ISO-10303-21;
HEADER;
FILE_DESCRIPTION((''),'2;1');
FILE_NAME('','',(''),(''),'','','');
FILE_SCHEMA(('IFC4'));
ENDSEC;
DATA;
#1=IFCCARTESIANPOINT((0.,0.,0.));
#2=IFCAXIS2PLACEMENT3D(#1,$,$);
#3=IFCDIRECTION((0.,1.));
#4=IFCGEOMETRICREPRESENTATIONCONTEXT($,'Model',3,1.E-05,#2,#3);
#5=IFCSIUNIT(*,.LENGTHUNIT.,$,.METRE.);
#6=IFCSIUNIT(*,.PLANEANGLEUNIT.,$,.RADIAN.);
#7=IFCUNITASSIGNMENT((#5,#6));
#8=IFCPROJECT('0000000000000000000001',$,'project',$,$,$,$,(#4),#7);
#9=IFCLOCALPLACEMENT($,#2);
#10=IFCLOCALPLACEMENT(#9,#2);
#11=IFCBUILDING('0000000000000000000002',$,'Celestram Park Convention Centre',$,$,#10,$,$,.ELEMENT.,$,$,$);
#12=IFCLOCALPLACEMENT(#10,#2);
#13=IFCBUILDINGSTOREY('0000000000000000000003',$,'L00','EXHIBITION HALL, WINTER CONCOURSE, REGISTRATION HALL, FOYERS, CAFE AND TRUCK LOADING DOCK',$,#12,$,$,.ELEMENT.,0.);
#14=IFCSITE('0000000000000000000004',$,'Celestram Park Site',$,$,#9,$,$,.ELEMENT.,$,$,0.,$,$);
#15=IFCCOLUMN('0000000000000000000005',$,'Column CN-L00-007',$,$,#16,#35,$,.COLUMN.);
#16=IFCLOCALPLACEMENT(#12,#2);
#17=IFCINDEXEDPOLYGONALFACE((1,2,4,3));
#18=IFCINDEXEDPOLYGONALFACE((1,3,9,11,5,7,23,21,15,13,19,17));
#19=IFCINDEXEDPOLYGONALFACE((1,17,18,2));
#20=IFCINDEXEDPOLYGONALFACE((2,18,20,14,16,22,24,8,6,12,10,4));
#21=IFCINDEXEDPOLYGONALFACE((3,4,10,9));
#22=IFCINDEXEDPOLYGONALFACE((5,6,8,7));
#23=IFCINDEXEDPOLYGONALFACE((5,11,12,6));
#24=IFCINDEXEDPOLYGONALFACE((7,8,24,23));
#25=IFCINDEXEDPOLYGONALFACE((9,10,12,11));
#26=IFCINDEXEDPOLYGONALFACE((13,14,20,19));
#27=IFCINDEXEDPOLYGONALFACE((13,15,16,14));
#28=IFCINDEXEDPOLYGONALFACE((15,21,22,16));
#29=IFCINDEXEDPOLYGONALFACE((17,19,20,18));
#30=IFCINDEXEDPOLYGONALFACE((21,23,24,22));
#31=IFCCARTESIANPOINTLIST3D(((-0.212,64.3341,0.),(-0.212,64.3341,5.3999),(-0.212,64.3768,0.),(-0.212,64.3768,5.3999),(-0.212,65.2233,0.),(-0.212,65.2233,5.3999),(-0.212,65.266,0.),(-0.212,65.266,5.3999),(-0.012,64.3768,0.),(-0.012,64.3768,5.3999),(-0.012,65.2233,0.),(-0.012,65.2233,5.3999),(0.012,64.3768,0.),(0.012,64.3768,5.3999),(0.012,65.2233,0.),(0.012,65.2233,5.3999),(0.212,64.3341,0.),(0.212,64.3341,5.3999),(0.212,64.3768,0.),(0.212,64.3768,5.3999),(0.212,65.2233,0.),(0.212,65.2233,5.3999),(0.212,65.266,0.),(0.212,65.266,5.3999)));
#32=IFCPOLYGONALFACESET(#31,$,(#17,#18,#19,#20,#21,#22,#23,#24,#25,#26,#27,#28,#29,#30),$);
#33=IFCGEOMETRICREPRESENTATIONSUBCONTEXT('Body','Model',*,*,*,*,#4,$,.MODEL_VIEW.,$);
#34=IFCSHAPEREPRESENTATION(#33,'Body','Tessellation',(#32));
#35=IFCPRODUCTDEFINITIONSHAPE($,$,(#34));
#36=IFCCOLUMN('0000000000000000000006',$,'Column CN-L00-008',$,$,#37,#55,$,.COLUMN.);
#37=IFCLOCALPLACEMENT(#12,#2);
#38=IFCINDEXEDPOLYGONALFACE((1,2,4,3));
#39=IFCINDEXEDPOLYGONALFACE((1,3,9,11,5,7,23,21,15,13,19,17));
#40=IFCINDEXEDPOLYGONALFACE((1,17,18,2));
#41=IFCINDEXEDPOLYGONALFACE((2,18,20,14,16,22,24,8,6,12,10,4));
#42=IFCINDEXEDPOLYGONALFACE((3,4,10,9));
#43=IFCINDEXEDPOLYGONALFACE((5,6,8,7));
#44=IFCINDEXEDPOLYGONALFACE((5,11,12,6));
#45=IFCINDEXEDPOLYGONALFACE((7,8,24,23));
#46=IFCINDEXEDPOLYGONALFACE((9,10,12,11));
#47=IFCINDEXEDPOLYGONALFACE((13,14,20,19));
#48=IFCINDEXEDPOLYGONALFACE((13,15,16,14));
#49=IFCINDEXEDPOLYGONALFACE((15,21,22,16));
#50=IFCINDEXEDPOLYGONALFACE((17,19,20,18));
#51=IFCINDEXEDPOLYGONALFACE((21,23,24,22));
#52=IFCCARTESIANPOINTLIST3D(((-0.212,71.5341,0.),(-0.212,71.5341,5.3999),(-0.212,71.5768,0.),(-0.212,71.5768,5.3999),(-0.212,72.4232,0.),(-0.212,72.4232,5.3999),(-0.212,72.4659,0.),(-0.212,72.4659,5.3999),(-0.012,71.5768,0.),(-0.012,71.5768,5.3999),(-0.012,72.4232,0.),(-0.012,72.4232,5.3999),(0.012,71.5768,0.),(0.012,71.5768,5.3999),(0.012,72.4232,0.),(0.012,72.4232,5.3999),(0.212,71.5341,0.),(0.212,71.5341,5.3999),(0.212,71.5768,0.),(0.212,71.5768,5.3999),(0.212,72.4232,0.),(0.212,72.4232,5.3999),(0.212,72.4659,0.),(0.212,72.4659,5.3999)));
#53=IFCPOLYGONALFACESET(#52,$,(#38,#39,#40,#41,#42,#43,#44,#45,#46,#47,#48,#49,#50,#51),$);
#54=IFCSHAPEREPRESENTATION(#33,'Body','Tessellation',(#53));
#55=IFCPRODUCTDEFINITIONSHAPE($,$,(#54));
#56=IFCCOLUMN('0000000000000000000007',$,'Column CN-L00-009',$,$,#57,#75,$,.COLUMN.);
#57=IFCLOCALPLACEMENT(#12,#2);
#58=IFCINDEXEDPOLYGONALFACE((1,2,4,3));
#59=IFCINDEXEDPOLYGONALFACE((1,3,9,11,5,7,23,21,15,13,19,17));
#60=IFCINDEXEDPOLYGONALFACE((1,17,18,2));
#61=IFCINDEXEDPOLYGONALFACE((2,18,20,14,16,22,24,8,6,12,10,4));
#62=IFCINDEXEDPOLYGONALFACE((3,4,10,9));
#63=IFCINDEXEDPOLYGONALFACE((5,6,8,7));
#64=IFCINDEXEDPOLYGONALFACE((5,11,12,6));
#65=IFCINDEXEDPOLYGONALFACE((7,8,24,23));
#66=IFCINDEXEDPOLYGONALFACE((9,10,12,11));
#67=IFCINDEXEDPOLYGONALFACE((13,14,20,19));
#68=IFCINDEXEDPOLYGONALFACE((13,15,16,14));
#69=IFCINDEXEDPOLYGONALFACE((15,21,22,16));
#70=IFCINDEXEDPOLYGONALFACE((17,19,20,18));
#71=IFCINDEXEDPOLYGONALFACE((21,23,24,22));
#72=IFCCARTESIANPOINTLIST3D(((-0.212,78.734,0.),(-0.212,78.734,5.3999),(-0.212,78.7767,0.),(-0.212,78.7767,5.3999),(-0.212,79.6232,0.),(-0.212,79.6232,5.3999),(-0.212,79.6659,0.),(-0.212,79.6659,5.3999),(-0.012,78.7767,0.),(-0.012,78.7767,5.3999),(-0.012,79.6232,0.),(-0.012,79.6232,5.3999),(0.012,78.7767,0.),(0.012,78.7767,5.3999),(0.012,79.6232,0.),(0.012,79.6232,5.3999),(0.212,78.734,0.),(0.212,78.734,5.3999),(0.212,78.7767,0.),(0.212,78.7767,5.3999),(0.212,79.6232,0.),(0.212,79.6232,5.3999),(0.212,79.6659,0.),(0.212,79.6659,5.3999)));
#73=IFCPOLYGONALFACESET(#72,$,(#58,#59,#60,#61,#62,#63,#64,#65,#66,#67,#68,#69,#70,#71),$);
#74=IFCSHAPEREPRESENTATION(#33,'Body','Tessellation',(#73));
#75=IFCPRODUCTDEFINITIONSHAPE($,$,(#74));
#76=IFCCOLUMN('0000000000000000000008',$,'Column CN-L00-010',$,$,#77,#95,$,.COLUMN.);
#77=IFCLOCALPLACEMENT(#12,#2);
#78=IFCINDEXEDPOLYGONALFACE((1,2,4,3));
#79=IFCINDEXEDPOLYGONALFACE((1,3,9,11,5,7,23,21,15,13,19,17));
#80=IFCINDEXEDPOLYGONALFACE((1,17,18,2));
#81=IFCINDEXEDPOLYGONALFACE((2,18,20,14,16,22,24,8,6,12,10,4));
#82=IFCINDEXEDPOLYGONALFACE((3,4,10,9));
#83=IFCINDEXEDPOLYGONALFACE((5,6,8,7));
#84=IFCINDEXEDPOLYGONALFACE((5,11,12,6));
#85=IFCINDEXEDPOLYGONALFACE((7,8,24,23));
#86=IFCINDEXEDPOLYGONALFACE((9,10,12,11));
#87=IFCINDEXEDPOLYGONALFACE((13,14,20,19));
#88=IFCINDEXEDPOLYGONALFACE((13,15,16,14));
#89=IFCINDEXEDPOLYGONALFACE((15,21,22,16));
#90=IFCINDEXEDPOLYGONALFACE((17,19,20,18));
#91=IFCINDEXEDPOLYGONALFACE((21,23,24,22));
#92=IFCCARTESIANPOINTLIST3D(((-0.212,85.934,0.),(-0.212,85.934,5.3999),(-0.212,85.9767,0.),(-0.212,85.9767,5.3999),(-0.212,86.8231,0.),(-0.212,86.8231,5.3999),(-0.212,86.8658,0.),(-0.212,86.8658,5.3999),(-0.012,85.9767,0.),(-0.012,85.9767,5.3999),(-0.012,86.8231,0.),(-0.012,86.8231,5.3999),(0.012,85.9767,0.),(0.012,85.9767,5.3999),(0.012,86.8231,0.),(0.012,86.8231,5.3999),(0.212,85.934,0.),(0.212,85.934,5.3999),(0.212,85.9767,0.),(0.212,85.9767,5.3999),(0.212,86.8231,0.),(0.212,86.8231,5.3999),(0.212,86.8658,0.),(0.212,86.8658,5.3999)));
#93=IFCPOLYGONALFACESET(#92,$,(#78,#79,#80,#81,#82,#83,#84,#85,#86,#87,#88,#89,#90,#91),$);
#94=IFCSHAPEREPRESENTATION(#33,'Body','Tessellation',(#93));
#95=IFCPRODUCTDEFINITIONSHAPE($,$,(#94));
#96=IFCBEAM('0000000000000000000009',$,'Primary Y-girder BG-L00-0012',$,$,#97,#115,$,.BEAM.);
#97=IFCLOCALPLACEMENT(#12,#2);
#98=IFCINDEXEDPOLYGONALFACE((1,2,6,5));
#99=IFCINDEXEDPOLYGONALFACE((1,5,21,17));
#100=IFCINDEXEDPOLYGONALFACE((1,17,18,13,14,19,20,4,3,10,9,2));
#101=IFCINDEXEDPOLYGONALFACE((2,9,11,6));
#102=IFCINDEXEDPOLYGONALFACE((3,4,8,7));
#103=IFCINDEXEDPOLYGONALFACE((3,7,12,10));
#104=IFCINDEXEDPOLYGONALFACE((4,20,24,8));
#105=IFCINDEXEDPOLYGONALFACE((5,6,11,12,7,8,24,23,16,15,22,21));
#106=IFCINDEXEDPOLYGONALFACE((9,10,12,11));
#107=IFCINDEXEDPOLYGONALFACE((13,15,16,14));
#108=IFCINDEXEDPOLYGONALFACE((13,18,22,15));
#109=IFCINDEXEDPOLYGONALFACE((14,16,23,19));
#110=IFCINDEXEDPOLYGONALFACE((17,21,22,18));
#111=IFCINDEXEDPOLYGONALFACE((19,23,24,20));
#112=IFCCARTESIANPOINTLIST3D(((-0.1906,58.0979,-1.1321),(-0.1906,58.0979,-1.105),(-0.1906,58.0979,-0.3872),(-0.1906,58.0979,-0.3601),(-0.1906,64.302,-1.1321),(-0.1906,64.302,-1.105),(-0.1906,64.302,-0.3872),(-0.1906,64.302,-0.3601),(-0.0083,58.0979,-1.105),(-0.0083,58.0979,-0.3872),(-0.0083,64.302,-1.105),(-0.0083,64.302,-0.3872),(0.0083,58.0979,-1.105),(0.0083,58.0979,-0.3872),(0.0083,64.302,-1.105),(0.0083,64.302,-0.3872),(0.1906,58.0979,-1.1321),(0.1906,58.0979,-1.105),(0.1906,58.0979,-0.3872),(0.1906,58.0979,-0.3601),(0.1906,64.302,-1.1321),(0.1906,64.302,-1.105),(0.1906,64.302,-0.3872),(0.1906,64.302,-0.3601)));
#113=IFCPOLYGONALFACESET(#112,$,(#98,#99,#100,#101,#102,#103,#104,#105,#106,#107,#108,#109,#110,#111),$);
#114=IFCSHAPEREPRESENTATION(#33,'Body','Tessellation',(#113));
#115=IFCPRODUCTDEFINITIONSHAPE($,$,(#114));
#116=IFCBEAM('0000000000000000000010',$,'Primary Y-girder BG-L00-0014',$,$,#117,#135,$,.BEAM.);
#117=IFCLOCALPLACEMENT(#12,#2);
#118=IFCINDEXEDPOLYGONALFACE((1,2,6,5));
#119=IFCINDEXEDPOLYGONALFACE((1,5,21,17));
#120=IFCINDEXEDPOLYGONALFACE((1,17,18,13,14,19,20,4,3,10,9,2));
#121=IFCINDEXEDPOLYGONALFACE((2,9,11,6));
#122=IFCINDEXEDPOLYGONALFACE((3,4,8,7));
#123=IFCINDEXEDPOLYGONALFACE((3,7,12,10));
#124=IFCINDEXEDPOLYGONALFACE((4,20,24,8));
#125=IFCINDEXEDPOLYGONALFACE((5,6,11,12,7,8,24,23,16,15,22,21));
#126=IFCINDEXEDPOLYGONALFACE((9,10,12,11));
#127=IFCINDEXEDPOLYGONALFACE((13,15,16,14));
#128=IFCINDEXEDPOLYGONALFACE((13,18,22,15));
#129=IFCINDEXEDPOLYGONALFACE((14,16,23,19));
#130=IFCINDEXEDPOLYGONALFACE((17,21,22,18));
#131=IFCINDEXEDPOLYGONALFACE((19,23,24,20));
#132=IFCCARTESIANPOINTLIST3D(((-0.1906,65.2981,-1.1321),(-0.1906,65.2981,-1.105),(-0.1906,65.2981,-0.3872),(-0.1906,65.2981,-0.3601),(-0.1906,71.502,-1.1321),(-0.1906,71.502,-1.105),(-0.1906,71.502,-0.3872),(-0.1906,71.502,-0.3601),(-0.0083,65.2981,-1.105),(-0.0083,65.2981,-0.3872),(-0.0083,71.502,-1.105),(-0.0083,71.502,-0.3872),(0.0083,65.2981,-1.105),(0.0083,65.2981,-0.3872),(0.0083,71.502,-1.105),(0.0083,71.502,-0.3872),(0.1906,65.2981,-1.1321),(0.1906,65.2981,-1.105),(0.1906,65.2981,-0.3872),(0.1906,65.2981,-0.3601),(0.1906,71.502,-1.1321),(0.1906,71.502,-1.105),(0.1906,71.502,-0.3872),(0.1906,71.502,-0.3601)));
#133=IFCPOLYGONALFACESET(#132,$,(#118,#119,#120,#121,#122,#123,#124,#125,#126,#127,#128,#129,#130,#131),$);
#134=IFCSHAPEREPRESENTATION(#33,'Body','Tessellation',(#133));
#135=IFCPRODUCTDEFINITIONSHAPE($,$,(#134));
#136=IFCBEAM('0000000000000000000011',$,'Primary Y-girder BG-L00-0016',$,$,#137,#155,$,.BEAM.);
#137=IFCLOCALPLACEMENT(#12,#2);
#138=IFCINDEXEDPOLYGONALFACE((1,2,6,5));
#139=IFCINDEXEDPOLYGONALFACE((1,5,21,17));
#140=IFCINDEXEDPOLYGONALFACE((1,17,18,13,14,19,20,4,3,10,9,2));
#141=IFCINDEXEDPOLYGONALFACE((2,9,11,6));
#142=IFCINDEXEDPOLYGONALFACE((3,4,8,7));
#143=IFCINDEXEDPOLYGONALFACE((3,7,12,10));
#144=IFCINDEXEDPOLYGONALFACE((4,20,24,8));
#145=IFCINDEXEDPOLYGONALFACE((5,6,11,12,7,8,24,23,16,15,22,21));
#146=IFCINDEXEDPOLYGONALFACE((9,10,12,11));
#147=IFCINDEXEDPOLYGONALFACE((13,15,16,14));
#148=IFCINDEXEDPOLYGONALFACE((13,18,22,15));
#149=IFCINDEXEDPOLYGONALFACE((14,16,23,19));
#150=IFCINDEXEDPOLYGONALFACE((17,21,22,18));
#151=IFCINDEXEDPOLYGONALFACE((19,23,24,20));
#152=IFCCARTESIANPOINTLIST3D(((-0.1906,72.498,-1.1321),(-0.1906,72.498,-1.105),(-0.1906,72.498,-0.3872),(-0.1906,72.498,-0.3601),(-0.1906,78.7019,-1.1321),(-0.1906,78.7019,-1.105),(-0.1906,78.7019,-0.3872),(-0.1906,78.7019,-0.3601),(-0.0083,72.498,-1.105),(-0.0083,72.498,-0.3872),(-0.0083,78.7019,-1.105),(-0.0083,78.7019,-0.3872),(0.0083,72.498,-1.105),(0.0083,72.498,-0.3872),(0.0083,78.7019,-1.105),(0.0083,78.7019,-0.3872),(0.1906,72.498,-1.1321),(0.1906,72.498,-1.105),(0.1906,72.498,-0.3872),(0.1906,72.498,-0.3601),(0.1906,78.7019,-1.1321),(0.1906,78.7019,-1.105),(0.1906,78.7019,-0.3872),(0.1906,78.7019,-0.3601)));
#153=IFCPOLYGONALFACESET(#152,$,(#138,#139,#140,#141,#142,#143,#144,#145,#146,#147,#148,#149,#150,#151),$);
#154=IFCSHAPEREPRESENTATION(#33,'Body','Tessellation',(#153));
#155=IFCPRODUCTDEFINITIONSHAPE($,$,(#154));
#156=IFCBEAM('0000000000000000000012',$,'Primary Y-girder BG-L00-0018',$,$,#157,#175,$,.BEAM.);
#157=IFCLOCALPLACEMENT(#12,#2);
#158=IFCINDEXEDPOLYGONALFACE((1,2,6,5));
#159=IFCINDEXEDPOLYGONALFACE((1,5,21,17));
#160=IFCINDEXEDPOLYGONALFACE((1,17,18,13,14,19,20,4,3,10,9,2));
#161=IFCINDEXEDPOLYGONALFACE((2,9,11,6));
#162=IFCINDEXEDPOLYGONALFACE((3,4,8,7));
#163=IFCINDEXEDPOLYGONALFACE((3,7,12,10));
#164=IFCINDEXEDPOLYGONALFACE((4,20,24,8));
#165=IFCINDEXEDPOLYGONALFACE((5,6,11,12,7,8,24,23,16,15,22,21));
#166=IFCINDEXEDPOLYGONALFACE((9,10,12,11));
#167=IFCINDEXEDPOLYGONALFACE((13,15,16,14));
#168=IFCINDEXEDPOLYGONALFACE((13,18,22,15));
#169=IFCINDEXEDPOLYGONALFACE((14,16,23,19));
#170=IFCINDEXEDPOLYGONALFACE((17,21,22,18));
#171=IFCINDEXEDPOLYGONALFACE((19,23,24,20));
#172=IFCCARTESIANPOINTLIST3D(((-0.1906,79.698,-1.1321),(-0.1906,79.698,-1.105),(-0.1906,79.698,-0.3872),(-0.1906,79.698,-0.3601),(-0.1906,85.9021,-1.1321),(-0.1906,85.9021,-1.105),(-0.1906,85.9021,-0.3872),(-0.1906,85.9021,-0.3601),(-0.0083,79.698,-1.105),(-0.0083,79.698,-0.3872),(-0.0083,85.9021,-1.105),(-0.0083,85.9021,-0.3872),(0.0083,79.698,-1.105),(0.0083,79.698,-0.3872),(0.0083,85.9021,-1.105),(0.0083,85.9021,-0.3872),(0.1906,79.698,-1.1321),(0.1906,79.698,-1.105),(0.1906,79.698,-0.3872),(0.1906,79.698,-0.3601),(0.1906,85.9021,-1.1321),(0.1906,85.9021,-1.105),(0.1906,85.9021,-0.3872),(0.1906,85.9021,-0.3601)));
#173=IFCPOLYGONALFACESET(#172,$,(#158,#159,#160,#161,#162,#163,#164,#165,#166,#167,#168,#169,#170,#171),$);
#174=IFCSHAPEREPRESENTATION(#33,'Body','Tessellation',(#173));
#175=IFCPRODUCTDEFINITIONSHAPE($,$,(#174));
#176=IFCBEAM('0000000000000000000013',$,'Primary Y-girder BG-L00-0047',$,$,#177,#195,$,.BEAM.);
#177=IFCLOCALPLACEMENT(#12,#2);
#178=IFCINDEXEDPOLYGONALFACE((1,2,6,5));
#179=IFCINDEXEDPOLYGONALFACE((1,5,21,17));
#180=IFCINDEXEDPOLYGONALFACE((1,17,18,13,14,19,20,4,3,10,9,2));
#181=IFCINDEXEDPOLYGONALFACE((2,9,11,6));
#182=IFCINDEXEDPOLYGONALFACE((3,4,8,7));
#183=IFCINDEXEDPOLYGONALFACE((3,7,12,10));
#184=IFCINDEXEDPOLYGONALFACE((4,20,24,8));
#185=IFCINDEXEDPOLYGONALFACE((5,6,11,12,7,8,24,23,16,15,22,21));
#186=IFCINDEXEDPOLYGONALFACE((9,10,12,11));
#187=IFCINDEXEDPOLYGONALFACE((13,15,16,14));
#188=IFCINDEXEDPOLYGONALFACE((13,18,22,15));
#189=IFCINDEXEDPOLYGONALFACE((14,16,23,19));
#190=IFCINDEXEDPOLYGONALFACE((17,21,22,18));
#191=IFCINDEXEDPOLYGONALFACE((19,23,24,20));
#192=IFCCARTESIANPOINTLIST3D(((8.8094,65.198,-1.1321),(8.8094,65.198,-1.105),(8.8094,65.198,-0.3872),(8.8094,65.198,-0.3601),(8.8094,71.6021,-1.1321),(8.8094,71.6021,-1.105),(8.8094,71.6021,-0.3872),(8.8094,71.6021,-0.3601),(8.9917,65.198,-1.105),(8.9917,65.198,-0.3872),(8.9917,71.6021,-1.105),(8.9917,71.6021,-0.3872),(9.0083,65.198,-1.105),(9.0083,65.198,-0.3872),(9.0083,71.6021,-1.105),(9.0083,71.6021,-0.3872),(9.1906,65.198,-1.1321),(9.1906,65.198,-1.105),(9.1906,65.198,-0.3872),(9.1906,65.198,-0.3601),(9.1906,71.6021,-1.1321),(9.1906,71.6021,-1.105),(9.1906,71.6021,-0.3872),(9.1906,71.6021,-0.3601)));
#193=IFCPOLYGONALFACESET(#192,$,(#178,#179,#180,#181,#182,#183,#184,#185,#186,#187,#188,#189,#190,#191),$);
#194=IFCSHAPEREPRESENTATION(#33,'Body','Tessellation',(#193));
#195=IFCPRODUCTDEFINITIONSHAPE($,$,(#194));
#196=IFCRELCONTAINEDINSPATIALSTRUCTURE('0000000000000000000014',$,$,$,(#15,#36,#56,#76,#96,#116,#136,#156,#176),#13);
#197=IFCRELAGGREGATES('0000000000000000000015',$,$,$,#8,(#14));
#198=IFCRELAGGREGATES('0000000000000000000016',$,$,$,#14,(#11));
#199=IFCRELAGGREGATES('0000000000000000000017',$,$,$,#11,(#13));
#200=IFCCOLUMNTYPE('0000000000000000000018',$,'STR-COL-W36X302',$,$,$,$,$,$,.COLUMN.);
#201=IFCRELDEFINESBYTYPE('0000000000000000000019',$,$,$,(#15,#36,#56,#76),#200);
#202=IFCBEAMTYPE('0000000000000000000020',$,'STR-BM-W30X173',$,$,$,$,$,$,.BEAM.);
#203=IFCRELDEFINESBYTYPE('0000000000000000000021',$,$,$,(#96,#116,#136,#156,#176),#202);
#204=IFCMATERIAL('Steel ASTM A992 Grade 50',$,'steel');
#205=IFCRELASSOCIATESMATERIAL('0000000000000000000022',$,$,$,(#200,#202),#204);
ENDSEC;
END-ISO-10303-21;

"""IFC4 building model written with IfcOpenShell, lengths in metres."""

from ifc_helpers import new_model, si_unit, direction, frame, origin, origin_2d, place, context, subcontext, project, spatial, i_section, extrude, material, material_profile, profile_set, type_object, element, save


model = new_model("IFC4")

# Units and contexts
model_context = context("Model", 3, precision=1e-05, world=origin(), true_north=direction((0.0, 1.0)))
body_context = subcontext(model_context, "Body", "Model", "MODEL_VIEW")
ifc_project = project(units=[si_unit("LENGTHUNIT", "METRE"), si_unit("PLANEANGLEUNIT", "RADIAN")], contexts=[model_context])

# Site, building, storey
site_placement = place(None, origin())
site = spatial("IfcSite", under=ifc_project, at=site_placement, Name="Celestram Park Site", CompositionType="ELEMENT", RefElevation=0.0)
building_placement = place(site_placement, origin())
building = spatial("IfcBuilding", under=site, at=building_placement, Name="Celestram Park Convention Centre", CompositionType="ELEMENT")
storey_placement = place(building_placement, origin())
storey = spatial("IfcBuildingStorey", under=building, at=storey_placement, Name="L00", Description="EXHIBITION HALL, WINTER CONCOURSE, REGISTRATION HALL, FOYERS, CAFE AND TRUCK LOADING DOCK", CompositionType="ELEMENT", Elevation=0.0)

# Columns
ifc_material_1 = material(Name="Steel ASTM A992 Grade 50", Category="steel")
ifc_material_profile_1 = material_profile(ifc_material_1, i_section(OverallWidth=0.4241, OverallDepth=0.9319, WebThickness=0.0239, FlangeThickness=0.0427, at=origin_2d()), Name="W36X302")
ifc_profile_set_1 = profile_set([ifc_material_profile_1], Name="Steel ASTM A992 Grade 50")
column_type = type_object("IfcColumnType", Name="STR-COL-W36X302", PredefinedType="COLUMN", material=ifc_profile_set_1)
for number, where, z_axis, x_axis, name in (
    (1, (0.0, 64.8, 0.0), (0.0, 0.0, 1.0), (1.0, 0.0, 0.0), "Column CN-L00-007"),
    (2, (0.0, 72.0, 0.0), (0.0, 0.0, 1.0), (1.0, 0.0, 0.0), "Column CN-L00-008"),
    (3, (0.0, 79.2, 0.0), (0.0, 0.0, 1.0), (1.0, 0.0, 0.0), "Column CN-L00-009"),
    (4, (0.0, 86.3999, 0.0), (0.0, 0.0, 1.0), (1.0, 0.0, 0.0), "Column CN-L00-010"),
):
    element("IfcColumn", number, at=place(storey_placement, frame(where, z_axis=z_axis, x_axis=x_axis)), inside=storey, type_object=column_type, Name=name, PredefinedType="COLUMN", context=body_context, shape_type="SweptSolid", body=[
        extrude(i_section(OverallWidth=0.4241, OverallDepth=0.9319, WebThickness=0.0239, FlangeThickness=0.0427, at=origin_2d()), origin(), (0.0, 0.0, 1.0), 5.3999),
    ])

# Beams
ifc_material_profile_2 = material_profile(ifc_material_1, i_section(OverallWidth=0.3811, OverallDepth=0.772, WebThickness=0.0166, FlangeThickness=0.0271, at=origin_2d()), Name="W30X173")
ifc_profile_set_2 = profile_set([ifc_material_profile_2], Name="Steel ASTM A992 Grade 50")
beam_type_1 = type_object("IfcBeamType", Name="STR-BM-W30X173", PredefinedType="BEAM", material=ifc_profile_set_2)
beam_1_placement = place(storey_placement, frame((0.0, 58.0979, -0.7461), z_axis=(0.0, 1.0, 0.0), x_axis=(-1.0, 0.0, 0.0)))
element("IfcBeam", 5, at=beam_1_placement, inside=storey, type_object=beam_type_1, Name="Primary Y-girder BG-L00-0012", PredefinedType="BEAM", context=body_context, shape_type="SweptSolid", body=[
    extrude(i_section(OverallWidth=0.3811, OverallDepth=0.772, WebThickness=0.0166, FlangeThickness=0.0271, at=origin_2d()), origin(), (0.0, 0.0, 1.0), 6.2041),
])
for number, where, z_axis, x_axis, name in (
    (6, (0.0, 65.2981, -0.7461), (0.0, 1.0, 0.0), (-1.0, 0.0, 0.0), "Primary Y-girder BG-L00-0014"),
    (7, (0.0, 72.498, -0.7461), (0.0, 1.0, 0.0), (-1.0, 0.0, 0.0), "Primary Y-girder BG-L00-0016"),
):
    element("IfcBeam", number, at=place(storey_placement, frame(where, z_axis=z_axis, x_axis=x_axis)), inside=storey, type_object=beam_type_1, Name=name, PredefinedType="BEAM", context=body_context, shape_type="SweptSolid", body=[
        extrude(i_section(OverallWidth=0.3811, OverallDepth=0.772, WebThickness=0.0166, FlangeThickness=0.0271, at=origin_2d()), origin(), (0.0, 0.0, 1.0), 6.2039),
    ])
beam_2_placement = place(storey_placement, frame((0.0, 79.698, -0.7461), z_axis=(0.0, 1.0, 0.0), x_axis=(-1.0, 0.0, 0.0)))
element("IfcBeam", 8, at=beam_2_placement, inside=storey, type_object=beam_type_1, Name="Primary Y-girder BG-L00-0018", PredefinedType="BEAM", context=body_context, shape_type="SweptSolid", body=[
    extrude(i_section(OverallWidth=0.3811, OverallDepth=0.772, WebThickness=0.0166, FlangeThickness=0.0271, at=origin_2d()), origin(), (0.0, 0.0, 1.0), 6.2041),
])
for number, where, z_axis, x_axis, name in (
    (9, (9.0, 65.198, -0.7461), (0.0, 1.0, 0.0), (-1.0, 0.0, 0.0), "Primary Y-girder BG-L00-0047"),
):
    element("IfcBeam", number, at=place(storey_placement, frame(where, z_axis=z_axis, x_axis=x_axis)), inside=storey, type_object=beam_type_1, Name=name, PredefinedType="BEAM", context=body_context, shape_type="SweptSolid", body=[
        extrude(i_section(OverallWidth=0.3811, OverallDepth=0.772, WebThickness=0.0166, FlangeThickness=0.0271, at=origin_2d()), origin(), (0.0, 0.0, 1.0), 6.4041),
    ])

save(model, "model.ifc")
